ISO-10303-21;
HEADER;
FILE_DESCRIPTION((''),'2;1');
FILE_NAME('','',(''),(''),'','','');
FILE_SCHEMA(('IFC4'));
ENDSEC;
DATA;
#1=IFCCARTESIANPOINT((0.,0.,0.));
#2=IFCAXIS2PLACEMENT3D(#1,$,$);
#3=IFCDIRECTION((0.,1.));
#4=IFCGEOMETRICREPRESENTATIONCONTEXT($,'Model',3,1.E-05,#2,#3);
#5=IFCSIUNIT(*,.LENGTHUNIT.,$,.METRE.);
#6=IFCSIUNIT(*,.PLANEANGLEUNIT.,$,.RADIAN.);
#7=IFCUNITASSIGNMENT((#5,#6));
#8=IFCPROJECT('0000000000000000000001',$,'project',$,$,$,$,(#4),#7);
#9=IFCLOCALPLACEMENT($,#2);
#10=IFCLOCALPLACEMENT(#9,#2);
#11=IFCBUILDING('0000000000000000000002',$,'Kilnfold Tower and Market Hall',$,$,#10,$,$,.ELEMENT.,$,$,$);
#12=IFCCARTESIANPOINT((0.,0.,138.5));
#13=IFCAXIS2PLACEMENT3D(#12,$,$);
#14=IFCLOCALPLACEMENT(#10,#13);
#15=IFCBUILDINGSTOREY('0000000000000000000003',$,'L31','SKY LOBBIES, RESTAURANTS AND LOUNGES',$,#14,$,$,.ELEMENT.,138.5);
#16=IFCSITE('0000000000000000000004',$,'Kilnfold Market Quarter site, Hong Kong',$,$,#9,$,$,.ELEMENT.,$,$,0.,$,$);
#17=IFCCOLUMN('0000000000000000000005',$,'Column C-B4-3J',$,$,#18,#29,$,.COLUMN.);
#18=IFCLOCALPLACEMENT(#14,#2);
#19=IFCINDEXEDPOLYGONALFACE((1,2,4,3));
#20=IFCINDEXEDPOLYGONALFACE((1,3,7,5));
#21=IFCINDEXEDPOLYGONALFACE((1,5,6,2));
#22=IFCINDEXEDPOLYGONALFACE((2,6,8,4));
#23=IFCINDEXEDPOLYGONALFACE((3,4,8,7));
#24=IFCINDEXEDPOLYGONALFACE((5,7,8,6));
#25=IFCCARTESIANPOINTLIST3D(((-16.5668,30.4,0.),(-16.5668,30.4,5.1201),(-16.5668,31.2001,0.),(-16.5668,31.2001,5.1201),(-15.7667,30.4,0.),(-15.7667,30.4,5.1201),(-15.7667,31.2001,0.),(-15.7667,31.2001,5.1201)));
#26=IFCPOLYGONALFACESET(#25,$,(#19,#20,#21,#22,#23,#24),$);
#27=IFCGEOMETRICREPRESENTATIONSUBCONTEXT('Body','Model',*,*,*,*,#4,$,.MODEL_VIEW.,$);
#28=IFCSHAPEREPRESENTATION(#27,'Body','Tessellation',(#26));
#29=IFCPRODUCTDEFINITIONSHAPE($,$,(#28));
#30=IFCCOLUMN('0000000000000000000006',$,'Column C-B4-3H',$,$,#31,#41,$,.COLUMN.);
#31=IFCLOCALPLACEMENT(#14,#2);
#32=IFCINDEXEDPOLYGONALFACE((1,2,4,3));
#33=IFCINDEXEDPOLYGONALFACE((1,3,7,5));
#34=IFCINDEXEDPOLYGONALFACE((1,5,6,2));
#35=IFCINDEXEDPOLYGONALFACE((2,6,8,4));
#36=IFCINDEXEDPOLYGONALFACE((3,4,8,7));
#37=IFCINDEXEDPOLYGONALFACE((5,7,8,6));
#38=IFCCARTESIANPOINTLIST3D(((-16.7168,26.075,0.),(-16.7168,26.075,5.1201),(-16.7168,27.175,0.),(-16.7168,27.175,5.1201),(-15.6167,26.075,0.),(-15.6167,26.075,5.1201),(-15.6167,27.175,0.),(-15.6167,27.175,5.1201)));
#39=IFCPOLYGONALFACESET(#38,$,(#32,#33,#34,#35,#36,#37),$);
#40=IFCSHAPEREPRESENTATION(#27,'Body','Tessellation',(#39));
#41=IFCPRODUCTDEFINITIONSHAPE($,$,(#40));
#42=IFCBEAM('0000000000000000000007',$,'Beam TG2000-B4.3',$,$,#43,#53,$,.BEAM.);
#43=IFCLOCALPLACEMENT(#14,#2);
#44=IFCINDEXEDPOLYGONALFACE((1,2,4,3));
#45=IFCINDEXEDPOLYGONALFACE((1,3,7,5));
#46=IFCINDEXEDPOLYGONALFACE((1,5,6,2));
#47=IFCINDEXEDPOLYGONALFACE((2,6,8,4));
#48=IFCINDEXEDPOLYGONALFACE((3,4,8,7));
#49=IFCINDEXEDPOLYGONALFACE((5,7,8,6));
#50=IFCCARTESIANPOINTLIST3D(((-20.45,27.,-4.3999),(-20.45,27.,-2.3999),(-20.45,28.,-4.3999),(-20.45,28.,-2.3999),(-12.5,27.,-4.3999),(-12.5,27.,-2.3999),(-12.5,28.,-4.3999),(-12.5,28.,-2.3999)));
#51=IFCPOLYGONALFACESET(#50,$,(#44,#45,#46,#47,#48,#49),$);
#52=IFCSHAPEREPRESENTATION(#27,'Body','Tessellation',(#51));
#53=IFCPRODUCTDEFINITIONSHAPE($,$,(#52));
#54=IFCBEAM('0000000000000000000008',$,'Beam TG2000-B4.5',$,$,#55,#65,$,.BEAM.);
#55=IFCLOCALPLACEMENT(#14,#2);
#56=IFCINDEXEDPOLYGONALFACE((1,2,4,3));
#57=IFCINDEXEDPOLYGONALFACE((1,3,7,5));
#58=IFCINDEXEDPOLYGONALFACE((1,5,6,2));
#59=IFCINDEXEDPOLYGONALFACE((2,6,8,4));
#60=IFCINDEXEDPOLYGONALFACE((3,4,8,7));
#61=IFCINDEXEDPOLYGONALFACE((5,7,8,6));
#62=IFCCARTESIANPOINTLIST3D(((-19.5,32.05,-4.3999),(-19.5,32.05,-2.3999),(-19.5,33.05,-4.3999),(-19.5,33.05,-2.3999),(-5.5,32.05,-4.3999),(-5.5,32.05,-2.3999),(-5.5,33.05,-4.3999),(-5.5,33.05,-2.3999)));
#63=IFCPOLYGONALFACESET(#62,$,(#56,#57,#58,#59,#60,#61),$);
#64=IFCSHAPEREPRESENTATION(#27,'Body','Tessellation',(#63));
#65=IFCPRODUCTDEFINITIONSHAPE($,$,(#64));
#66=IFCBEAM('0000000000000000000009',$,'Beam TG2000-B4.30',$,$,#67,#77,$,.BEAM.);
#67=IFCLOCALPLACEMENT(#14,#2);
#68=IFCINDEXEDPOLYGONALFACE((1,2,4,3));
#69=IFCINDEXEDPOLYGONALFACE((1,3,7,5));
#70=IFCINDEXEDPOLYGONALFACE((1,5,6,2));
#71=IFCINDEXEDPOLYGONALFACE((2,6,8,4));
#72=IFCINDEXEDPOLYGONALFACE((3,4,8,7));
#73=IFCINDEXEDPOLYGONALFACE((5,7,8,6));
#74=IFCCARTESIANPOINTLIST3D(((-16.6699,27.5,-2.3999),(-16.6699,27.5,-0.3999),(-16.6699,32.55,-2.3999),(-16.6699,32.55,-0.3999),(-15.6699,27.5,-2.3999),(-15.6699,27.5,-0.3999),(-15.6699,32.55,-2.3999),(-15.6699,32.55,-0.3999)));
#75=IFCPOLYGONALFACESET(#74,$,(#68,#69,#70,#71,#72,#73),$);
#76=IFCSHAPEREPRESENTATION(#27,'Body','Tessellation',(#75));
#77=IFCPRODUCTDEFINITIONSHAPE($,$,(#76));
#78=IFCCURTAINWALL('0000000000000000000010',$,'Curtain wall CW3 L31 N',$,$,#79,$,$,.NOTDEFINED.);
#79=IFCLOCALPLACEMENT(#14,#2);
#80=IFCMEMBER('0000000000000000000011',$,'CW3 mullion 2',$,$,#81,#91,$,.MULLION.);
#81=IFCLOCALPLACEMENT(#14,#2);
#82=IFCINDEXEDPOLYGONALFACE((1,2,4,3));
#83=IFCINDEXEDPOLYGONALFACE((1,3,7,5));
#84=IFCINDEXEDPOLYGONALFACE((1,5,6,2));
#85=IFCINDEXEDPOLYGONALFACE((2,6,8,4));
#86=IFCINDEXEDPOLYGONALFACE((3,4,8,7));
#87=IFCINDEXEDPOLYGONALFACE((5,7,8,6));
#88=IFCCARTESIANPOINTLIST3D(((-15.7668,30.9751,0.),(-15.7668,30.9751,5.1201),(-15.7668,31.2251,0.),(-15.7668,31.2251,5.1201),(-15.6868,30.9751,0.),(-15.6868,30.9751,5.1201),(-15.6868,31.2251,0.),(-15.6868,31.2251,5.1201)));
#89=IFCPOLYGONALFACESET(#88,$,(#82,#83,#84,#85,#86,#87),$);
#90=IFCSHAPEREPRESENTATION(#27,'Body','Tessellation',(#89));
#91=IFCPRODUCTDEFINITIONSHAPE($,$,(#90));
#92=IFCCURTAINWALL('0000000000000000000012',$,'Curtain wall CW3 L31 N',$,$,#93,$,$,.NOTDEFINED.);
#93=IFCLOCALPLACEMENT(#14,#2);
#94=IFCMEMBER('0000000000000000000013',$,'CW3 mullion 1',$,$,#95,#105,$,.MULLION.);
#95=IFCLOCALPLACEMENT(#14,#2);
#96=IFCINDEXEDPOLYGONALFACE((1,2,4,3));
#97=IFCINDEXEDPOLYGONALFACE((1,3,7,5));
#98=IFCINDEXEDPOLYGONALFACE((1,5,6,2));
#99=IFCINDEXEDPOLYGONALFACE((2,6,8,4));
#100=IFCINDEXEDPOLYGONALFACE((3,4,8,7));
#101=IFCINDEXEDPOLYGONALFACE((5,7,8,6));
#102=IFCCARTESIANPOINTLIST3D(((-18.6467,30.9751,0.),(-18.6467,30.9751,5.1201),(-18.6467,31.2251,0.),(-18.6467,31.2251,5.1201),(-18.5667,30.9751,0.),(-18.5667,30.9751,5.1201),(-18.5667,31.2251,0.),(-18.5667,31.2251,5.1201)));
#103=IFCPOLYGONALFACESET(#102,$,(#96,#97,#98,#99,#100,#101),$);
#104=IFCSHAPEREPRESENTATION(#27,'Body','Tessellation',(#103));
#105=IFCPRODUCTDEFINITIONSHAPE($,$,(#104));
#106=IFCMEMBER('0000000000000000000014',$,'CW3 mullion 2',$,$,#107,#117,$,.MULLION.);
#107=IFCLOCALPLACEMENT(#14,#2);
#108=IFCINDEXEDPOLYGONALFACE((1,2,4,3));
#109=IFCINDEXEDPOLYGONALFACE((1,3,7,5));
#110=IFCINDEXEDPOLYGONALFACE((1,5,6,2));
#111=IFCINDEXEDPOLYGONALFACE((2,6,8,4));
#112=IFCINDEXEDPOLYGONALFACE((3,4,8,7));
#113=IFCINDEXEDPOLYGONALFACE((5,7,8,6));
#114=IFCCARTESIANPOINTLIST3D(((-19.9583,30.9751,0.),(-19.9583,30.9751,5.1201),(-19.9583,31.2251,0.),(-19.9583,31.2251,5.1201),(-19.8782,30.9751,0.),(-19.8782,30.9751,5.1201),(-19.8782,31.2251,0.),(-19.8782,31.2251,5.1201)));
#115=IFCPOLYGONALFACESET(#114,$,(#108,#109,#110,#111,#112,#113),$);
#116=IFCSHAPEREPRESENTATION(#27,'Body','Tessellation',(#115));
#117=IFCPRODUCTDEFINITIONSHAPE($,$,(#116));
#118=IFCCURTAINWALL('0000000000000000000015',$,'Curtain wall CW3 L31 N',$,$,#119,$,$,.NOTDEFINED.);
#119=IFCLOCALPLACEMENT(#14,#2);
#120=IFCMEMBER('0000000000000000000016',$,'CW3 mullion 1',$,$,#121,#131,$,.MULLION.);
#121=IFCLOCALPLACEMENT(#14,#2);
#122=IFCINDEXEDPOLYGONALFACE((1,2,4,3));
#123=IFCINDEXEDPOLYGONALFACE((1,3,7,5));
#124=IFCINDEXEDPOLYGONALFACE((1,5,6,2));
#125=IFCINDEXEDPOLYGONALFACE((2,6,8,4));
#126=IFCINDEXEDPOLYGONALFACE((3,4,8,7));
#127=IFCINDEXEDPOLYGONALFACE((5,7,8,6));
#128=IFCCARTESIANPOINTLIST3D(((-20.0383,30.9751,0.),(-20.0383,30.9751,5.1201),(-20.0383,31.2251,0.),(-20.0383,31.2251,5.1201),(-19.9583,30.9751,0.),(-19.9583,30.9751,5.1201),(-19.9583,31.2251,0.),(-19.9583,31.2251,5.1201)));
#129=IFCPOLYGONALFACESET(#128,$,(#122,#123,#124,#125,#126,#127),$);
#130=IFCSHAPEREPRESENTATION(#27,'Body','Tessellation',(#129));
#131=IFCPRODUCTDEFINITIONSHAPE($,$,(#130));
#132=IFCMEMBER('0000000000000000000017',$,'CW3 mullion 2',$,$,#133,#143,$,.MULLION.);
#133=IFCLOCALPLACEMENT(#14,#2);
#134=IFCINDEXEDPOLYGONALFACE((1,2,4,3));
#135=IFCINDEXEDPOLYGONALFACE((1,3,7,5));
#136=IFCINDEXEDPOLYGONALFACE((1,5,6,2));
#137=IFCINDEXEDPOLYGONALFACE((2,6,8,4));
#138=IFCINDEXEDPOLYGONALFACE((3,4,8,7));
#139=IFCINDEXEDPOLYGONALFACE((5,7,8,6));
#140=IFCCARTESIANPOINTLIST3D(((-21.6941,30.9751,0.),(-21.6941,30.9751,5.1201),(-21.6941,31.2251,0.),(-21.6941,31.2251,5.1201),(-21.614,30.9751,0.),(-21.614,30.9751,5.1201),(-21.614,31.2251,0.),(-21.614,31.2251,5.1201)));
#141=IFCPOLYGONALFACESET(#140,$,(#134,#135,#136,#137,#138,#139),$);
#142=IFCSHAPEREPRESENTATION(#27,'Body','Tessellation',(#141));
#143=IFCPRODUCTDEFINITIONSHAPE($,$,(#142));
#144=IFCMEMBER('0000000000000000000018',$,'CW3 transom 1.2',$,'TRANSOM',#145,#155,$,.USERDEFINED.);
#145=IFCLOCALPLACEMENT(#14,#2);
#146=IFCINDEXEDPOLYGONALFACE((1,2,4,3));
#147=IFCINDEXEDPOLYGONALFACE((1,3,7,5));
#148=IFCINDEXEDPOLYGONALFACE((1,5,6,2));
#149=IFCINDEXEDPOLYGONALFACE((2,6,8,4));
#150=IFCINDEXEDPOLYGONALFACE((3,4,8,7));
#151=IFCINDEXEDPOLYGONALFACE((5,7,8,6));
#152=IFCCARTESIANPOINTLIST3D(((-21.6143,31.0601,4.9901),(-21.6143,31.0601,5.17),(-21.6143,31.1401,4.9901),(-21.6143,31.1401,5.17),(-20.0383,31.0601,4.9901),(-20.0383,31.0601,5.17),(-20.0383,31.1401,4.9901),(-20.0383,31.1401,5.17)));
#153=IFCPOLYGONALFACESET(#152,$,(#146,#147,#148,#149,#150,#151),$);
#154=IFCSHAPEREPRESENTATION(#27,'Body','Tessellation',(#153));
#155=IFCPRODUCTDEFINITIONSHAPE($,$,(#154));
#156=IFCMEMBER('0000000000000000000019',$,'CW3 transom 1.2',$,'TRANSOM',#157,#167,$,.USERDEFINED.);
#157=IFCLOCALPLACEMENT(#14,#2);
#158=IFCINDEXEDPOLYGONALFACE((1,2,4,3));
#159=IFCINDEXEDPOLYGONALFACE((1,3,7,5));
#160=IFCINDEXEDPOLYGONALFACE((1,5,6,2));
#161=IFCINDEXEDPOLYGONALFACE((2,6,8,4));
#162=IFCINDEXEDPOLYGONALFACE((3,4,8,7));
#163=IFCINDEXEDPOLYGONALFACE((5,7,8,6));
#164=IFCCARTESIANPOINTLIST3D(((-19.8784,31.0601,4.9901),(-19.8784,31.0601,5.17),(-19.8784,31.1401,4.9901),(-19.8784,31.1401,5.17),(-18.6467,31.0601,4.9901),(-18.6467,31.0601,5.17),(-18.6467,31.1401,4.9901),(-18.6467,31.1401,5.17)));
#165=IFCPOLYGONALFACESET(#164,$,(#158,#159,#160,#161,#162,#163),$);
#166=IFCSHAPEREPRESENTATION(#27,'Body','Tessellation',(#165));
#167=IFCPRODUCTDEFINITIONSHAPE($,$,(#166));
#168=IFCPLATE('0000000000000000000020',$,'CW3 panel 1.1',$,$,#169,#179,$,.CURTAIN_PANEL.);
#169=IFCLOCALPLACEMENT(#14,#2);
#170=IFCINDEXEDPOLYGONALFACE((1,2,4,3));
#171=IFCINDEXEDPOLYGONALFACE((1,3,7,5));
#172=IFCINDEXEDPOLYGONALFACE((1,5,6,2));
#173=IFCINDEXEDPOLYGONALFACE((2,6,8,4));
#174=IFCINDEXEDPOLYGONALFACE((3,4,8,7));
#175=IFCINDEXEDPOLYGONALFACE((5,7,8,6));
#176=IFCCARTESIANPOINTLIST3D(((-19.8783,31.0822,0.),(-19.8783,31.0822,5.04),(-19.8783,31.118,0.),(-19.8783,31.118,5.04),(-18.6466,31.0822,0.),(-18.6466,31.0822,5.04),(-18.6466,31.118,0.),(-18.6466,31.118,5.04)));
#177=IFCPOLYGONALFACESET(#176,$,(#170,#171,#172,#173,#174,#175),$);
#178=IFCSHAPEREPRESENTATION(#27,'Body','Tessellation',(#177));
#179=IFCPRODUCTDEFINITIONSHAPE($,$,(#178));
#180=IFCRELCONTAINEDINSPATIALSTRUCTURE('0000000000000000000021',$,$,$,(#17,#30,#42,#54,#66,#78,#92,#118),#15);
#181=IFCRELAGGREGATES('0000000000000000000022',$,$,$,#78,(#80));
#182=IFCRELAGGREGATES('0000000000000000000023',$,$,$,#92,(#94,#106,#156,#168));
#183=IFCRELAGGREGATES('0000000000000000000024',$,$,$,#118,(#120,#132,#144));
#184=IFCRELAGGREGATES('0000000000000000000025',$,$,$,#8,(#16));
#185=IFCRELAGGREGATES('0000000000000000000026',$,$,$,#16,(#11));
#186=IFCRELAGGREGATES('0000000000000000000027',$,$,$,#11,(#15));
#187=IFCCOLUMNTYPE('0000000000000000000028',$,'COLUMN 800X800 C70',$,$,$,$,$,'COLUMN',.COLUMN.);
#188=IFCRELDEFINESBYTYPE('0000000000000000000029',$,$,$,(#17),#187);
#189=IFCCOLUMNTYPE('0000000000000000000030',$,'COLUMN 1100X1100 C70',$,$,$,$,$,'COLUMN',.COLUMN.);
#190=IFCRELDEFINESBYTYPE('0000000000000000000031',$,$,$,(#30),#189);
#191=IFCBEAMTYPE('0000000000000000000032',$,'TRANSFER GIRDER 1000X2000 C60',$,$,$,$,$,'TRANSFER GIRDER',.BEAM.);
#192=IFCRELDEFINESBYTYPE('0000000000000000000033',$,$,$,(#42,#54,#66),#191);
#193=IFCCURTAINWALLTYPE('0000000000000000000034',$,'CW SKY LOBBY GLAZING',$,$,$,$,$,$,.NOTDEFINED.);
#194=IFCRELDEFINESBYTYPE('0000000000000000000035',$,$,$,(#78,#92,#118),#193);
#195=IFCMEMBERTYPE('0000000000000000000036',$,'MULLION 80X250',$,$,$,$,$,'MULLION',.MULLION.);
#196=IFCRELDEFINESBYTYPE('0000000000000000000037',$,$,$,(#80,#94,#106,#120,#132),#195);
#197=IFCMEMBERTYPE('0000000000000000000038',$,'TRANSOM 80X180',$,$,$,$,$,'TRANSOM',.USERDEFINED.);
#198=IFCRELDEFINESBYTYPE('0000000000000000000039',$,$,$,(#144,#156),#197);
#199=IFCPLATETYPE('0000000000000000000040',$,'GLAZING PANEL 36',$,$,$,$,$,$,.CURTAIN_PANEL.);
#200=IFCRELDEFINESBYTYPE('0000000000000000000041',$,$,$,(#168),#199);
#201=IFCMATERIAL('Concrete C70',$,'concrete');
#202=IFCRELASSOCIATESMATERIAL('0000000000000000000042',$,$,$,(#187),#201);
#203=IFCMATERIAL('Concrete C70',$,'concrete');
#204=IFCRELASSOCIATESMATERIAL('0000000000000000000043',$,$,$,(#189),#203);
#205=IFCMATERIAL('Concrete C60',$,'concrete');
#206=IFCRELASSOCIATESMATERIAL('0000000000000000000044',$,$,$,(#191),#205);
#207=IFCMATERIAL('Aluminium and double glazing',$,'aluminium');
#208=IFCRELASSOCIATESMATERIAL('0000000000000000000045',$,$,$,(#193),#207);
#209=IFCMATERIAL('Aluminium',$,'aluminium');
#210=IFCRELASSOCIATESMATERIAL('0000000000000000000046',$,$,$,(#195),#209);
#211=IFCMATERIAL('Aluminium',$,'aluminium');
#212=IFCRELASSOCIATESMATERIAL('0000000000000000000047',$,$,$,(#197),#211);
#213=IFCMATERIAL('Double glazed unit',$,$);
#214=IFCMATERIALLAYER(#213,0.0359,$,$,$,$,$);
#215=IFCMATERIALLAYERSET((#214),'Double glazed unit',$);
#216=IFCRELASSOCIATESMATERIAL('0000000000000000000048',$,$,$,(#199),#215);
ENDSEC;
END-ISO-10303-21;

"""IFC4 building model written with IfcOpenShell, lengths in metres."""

from ifc_helpers import new_model, si_unit, direction, frame, origin, origin_2d, place, context, subcontext, project, spatial, rectangle, extrude, source, transform, mapped, material, layer, layer_set, material_profile, profile_set, type_object, element, aggregate, save


model = new_model("IFC4")

# Units and contexts
model_context = context("Model", 3, precision=1e-05, world=origin(), true_north=direction((0.0, 1.0)))
body_context = subcontext(model_context, "Body", "Model", "MODEL_VIEW")
ifc_project = project(units=[si_unit("LENGTHUNIT", "METRE"), si_unit("PLANEANGLEUNIT", "RADIAN")], contexts=[model_context])

# Site, building, storey
site_placement = place(None, origin())
site = spatial("IfcSite", under=ifc_project, at=site_placement, Name="Kilnfold Market Quarter site, Hong Kong", CompositionType="ELEMENT", RefElevation=0.0)
building_placement = place(site_placement, origin())
building = spatial("IfcBuilding", under=site, at=building_placement, Name="Kilnfold Tower and Market Hall", CompositionType="ELEMENT")
storey_placement = place(building_placement, frame((0.0, 0.0, 138.5)))
storey = spatial("IfcBuildingStorey", under=building, at=storey_placement, Name="L31", Description="SKY LOBBIES, RESTAURANTS AND LOUNGES", CompositionType="ELEMENT", Elevation=138.5)

# Columns
ifc_material_1 = material(Name="Concrete C70", Category="concrete")
ifc_material_profile_1 = material_profile(ifc_material_1, rectangle(XDim=0.8, YDim=0.8, at=origin_2d()), Name="RC 800x800")
ifc_profile_set_1 = profile_set([ifc_material_profile_1], Name="Concrete C70")
column_type_1 = type_object("IfcColumnType", Name="COLUMN 800X800 C70", ElementType="COLUMN", PredefinedType="COLUMN", material=ifc_profile_set_1)
shared_shape_1 = source(origin(), body_context, "Body", "SweptSolid", [
    extrude(rectangle(XDim=0.8, YDim=0.8, at=origin_2d()), origin(), (0.0, 0.0, 1.0), 5.1201),
])
column_1_placement = place(storey_placement, frame((-16.1667, 30.8, 0.0), z_axis=(0.0, 0.0, 1.0), x_axis=(1.0, 0.0, 0.0)))
element("IfcColumn", 1, at=column_1_placement, inside=storey, type_object=column_type_1, Name="Column C-B4-3J", PredefinedType="COLUMN", context=body_context, shape_type="MappedRepresentation", body=[
    mapped(shared_shape_1, transform((0.0, 0.0, 0.0))),
])
ifc_material_2 = material(Name="Concrete C70", Category="concrete")
ifc_material_profile_2 = material_profile(ifc_material_2, rectangle(XDim=1.1001, YDim=1.1001, at=origin_2d()), Name="RC 1100x1100")
ifc_profile_set_2 = profile_set([ifc_material_profile_2], Name="Concrete C70")
column_type_2 = type_object("IfcColumnType", Name="COLUMN 1100X1100 C70", ElementType="COLUMN", PredefinedType="COLUMN", material=ifc_profile_set_2)
shared_shape_2 = source(origin(), body_context, "Body", "SweptSolid", [
    extrude(rectangle(XDim=1.1001, YDim=1.1001, at=origin_2d()), origin(), (0.0, 0.0, 1.0), 5.1201),
])
column_2_placement = place(storey_placement, frame((-16.1667, 26.625, 0.0), z_axis=(0.0, 0.0, 1.0), x_axis=(1.0, 0.0, 0.0)))
element("IfcColumn", 2, at=column_2_placement, inside=storey, type_object=column_type_2, Name="Column C-B4-3H", PredefinedType="COLUMN", context=body_context, shape_type="MappedRepresentation", body=[
    mapped(shared_shape_2, transform((0.0, 0.0, 0.0))),
])

# Beams
ifc_material_3 = material(Name="Concrete C60", Category="concrete")
ifc_material_profile_3 = material_profile(ifc_material_3, rectangle(XDim=1.0, YDim=2.0, at=origin_2d()), Name="RC 1000x2000")
ifc_profile_set_3 = profile_set([ifc_material_profile_3], Name="Concrete C60")
beam_type = type_object("IfcBeamType", Name="TRANSFER GIRDER 1000X2000 C60", ElementType="TRANSFER GIRDER", PredefinedType="BEAM", material=ifc_profile_set_3)
shared_shape_3 = source(origin(), body_context, "Body", "SweptSolid", [
    extrude(rectangle(XDim=1.0, YDim=2.0, at=origin_2d()), origin(), (0.0, 0.0, 1.0), 7.95),
])
beam_1_placement = place(storey_placement, frame((-20.45, 27.5, -3.3999), z_axis=(1.0, 0.0, 0.0), x_axis=(0.0, 1.0, 0.0)))
element("IfcBeam", 3, at=beam_1_placement, inside=storey, type_object=beam_type, Name="Beam TG2000-B4.3", PredefinedType="BEAM", context=body_context, shape_type="MappedRepresentation", body=[
    mapped(shared_shape_3, transform((0.0, 0.0, 0.0))),
])
shared_shape_4 = source(origin(), body_context, "Body", "SweptSolid", [
    extrude(rectangle(XDim=1.0, YDim=2.0, at=origin_2d()), origin(), (0.0, 0.0, 1.0), 14.0),
])
beam_2_placement = place(storey_placement, frame((-19.5, 32.55, -3.3999), z_axis=(1.0, 0.0, 0.0), x_axis=(0.0, 1.0, 0.0)))
element("IfcBeam", 4, at=beam_2_placement, inside=storey, type_object=beam_type, Name="Beam TG2000-B4.5", PredefinedType="BEAM", context=body_context, shape_type="MappedRepresentation", body=[
    mapped(shared_shape_4, transform((0.0, 0.0, 0.0))),
])
shared_shape_5 = source(origin(), body_context, "Body", "SweptSolid", [
    extrude(rectangle(XDim=1.0, YDim=2.0, at=origin_2d()), origin(), (0.0, 0.0, 1.0), 5.05),
])
beam_3_placement = place(storey_placement, frame((-16.1699, 27.5, -1.3999), z_axis=(0.0, 1.0, 0.0), x_axis=(-1.0, 0.0, 0.0)))
element("IfcBeam", 5, at=beam_3_placement, inside=storey, type_object=beam_type, Name="Beam TG2000-B4.30", PredefinedType="BEAM", context=body_context, shape_type="MappedRepresentation", body=[
    mapped(shared_shape_5, transform((0.0, 0.0, 0.0))),
])

# Curtain wall, member
ifc_material_4 = material(Name="Aluminium and double glazing", Category="aluminium")
curtain_wall_type = type_object("IfcCurtainWallType", Name="CW SKY LOBBY GLAZING", PredefinedType="NOTDEFINED", material=ifc_material_4)
curtain_wall_1_placement = place(storey_placement, origin())
curtain_wall_1 = element("IfcCurtainWall", 6, at=curtain_wall_1_placement, inside=storey, type_object=curtain_wall_type, Name="Curtain wall CW3 L31 N", PredefinedType="NOTDEFINED")
ifc_material_5 = material(Name="Aluminium", Category="aluminium")
ifc_material_profile_4 = material_profile(ifc_material_5, rectangle(XDim=0.0801, YDim=0.25, at=origin_2d()), Name="MULLION 80x250")
ifc_profile_set_4 = profile_set([ifc_material_profile_4], Name="Aluminium")
member_type_1 = type_object("IfcMemberType", Name="MULLION 80X250", ElementType="MULLION", PredefinedType="MULLION", material=ifc_profile_set_4)
shared_shape_6 = source(origin(), body_context, "Body", "SweptSolid", [
    extrude(rectangle(XDim=0.0801, YDim=0.25, at=origin_2d()), origin(), (0.0, 0.0, 1.0), 5.1201),
])
member_1_placement = place(storey_placement, frame((-15.7268, 31.1001, 0.0), z_axis=(0.0, 0.0, 1.0), x_axis=(-1.0, 0.0, 0.0)))
member_1 = element("IfcMember", 7, at=member_1_placement, type_object=member_type_1, Name="CW3 mullion 2", PredefinedType="MULLION", context=body_context, shape_type="MappedRepresentation", body=[
    mapped(shared_shape_6, transform((0.0, 0.0, 0.0))),
])
aggregate(curtain_wall_1, [member_1])

# Curtain walls, members
curtain_wall_2_placement = place(storey_placement, origin())
curtain_wall_2 = element("IfcCurtainWall", 8, at=curtain_wall_2_placement, inside=storey, type_object=curtain_wall_type, Name="Curtain wall CW3 L31 N", PredefinedType="NOTDEFINED")
member_2_placement = place(storey_placement, frame((-18.6067, 31.1001, 0.0), z_axis=(0.0, 0.0, 1.0), x_axis=(-1.0, 0.0, 0.0)))
member_2 = element("IfcMember", 9, at=member_2_placement, type_object=member_type_1, Name="CW3 mullion 1", PredefinedType="MULLION", context=body_context, shape_type="MappedRepresentation", body=[
    mapped(shared_shape_6, transform((0.0, 0.0, 0.0))),
])
member_3_placement = place(storey_placement, frame((-19.9182, 31.1001, 0.0), z_axis=(0.0, 0.0, 1.0), x_axis=(-1.0, 0.0, 0.0)))
member_3 = element("IfcMember", 10, at=member_3_placement, type_object=member_type_1, Name="CW3 mullion 2", PredefinedType="MULLION", context=body_context, shape_type="MappedRepresentation", body=[
    mapped(shared_shape_6, transform((0.0, 0.0, 0.0))),
])
curtain_wall_3_placement = place(storey_placement, origin())
curtain_wall_3 = element("IfcCurtainWall", 11, at=curtain_wall_3_placement, inside=storey, type_object=curtain_wall_type, Name="Curtain wall CW3 L31 N", PredefinedType="NOTDEFINED")
member_4_placement = place(storey_placement, frame((-19.9983, 31.1001, 0.0), z_axis=(0.0, 0.0, 1.0), x_axis=(-1.0, 0.0, 0.0)))
member_4 = element("IfcMember", 12, at=member_4_placement, type_object=member_type_1, Name="CW3 mullion 1", PredefinedType="MULLION", context=body_context, shape_type="MappedRepresentation", body=[
    mapped(shared_shape_6, transform((0.0, 0.0, 0.0))),
])
member_5_placement = place(storey_placement, frame((-21.6541, 31.1001, 0.0), z_axis=(0.0, 0.0, 1.0), x_axis=(-1.0, 0.0, 0.0)))
member_5 = element("IfcMember", 13, at=member_5_placement, type_object=member_type_1, Name="CW3 mullion 2", PredefinedType="MULLION", context=body_context, shape_type="MappedRepresentation", body=[
    mapped(shared_shape_6, transform((0.0, 0.0, 0.0))),
])
ifc_material_6 = material(Name="Aluminium", Category="aluminium")
ifc_material_profile_5 = material_profile(ifc_material_6, rectangle(XDim=0.0801, YDim=0.1799, at=origin_2d()), Name="TRANSOM 80x180")
ifc_profile_set_5 = profile_set([ifc_material_profile_5], Name="Aluminium")
member_type_2 = type_object("IfcMemberType", Name="TRANSOM 80X180", ElementType="TRANSOM", PredefinedType="USERDEFINED", material=ifc_profile_set_5)
shared_shape_7 = source(origin(), body_context, "Body", "SweptSolid", [
    extrude(rectangle(XDim=0.0801, YDim=0.1799, at=origin_2d()), origin(), (0.0, 0.0, 1.0), 1.5759),
])
member_6_placement = place(storey_placement, frame((-20.0383, 31.1001, 5.0801), z_axis=(-1.0, 0.0, 0.0), x_axis=(0.0, -1.0, 0.0)))
member_6 = element("IfcMember", 14, at=member_6_placement, type_object=member_type_2, Name="CW3 transom 1.2", ObjectType="TRANSOM", PredefinedType="USERDEFINED", context=body_context, shape_type="MappedRepresentation", body=[
    mapped(shared_shape_7, transform((0.0, 0.0, 0.0))),
])

# Member
shared_shape_8 = source(origin(), body_context, "Body", "SweptSolid", [
    extrude(rectangle(XDim=0.0801, YDim=0.1799, at=origin_2d()), origin(), (0.0, 0.0, 1.0), 1.2317),
])
member_7_placement = place(storey_placement, frame((-18.6467, 31.1001, 5.0801), z_axis=(-1.0, 0.0, 0.0), x_axis=(0.0, -1.0, 0.0)))
member_7 = element("IfcMember", 15, at=member_7_placement, type_object=member_type_2, Name="CW3 transom 1.2", ObjectType="TRANSOM", PredefinedType="USERDEFINED", context=body_context, shape_type="MappedRepresentation", body=[
    mapped(shared_shape_8, transform((0.0, 0.0, 0.0))),
])

# Plate
ifc_material_7 = material(Name="Double glazed unit")
ifc_layer_1 = layer(ifc_material_7, 0.0359)
ifc_layer_set_1 = layer_set([ifc_layer_1], Name="Double glazed unit")
plate_type = type_object("IfcPlateType", Name="GLAZING PANEL 36", PredefinedType="CURTAIN_PANEL", material=ifc_layer_set_1)
shared_shape_9 = source(origin(), body_context, "Body", "SweptSolid", [
    extrude(rectangle(XDim=1.2317, YDim=0.0359, at=origin_2d()), origin(), (0.0, 0.0, 1.0), 5.04),
])
plate_1_placement = place(storey_placement, frame((-19.2625, 31.1001, 0.0), z_axis=(0.0, 0.0, 1.0), x_axis=(-1.0, 0.0, 0.0)))
plate_1 = element("IfcPlate", 16, at=plate_1_placement, type_object=plate_type, Name="CW3 panel 1.1", PredefinedType="CURTAIN_PANEL", context=body_context, shape_type="MappedRepresentation", body=[
    mapped(shared_shape_9, transform((0.0, 0.0, 0.0))),
])
aggregate(curtain_wall_2, [member_2, member_3, member_7, plate_1])
aggregate(curtain_wall_3, [member_4, member_5, member_6])

save(model, "model.ifc")
